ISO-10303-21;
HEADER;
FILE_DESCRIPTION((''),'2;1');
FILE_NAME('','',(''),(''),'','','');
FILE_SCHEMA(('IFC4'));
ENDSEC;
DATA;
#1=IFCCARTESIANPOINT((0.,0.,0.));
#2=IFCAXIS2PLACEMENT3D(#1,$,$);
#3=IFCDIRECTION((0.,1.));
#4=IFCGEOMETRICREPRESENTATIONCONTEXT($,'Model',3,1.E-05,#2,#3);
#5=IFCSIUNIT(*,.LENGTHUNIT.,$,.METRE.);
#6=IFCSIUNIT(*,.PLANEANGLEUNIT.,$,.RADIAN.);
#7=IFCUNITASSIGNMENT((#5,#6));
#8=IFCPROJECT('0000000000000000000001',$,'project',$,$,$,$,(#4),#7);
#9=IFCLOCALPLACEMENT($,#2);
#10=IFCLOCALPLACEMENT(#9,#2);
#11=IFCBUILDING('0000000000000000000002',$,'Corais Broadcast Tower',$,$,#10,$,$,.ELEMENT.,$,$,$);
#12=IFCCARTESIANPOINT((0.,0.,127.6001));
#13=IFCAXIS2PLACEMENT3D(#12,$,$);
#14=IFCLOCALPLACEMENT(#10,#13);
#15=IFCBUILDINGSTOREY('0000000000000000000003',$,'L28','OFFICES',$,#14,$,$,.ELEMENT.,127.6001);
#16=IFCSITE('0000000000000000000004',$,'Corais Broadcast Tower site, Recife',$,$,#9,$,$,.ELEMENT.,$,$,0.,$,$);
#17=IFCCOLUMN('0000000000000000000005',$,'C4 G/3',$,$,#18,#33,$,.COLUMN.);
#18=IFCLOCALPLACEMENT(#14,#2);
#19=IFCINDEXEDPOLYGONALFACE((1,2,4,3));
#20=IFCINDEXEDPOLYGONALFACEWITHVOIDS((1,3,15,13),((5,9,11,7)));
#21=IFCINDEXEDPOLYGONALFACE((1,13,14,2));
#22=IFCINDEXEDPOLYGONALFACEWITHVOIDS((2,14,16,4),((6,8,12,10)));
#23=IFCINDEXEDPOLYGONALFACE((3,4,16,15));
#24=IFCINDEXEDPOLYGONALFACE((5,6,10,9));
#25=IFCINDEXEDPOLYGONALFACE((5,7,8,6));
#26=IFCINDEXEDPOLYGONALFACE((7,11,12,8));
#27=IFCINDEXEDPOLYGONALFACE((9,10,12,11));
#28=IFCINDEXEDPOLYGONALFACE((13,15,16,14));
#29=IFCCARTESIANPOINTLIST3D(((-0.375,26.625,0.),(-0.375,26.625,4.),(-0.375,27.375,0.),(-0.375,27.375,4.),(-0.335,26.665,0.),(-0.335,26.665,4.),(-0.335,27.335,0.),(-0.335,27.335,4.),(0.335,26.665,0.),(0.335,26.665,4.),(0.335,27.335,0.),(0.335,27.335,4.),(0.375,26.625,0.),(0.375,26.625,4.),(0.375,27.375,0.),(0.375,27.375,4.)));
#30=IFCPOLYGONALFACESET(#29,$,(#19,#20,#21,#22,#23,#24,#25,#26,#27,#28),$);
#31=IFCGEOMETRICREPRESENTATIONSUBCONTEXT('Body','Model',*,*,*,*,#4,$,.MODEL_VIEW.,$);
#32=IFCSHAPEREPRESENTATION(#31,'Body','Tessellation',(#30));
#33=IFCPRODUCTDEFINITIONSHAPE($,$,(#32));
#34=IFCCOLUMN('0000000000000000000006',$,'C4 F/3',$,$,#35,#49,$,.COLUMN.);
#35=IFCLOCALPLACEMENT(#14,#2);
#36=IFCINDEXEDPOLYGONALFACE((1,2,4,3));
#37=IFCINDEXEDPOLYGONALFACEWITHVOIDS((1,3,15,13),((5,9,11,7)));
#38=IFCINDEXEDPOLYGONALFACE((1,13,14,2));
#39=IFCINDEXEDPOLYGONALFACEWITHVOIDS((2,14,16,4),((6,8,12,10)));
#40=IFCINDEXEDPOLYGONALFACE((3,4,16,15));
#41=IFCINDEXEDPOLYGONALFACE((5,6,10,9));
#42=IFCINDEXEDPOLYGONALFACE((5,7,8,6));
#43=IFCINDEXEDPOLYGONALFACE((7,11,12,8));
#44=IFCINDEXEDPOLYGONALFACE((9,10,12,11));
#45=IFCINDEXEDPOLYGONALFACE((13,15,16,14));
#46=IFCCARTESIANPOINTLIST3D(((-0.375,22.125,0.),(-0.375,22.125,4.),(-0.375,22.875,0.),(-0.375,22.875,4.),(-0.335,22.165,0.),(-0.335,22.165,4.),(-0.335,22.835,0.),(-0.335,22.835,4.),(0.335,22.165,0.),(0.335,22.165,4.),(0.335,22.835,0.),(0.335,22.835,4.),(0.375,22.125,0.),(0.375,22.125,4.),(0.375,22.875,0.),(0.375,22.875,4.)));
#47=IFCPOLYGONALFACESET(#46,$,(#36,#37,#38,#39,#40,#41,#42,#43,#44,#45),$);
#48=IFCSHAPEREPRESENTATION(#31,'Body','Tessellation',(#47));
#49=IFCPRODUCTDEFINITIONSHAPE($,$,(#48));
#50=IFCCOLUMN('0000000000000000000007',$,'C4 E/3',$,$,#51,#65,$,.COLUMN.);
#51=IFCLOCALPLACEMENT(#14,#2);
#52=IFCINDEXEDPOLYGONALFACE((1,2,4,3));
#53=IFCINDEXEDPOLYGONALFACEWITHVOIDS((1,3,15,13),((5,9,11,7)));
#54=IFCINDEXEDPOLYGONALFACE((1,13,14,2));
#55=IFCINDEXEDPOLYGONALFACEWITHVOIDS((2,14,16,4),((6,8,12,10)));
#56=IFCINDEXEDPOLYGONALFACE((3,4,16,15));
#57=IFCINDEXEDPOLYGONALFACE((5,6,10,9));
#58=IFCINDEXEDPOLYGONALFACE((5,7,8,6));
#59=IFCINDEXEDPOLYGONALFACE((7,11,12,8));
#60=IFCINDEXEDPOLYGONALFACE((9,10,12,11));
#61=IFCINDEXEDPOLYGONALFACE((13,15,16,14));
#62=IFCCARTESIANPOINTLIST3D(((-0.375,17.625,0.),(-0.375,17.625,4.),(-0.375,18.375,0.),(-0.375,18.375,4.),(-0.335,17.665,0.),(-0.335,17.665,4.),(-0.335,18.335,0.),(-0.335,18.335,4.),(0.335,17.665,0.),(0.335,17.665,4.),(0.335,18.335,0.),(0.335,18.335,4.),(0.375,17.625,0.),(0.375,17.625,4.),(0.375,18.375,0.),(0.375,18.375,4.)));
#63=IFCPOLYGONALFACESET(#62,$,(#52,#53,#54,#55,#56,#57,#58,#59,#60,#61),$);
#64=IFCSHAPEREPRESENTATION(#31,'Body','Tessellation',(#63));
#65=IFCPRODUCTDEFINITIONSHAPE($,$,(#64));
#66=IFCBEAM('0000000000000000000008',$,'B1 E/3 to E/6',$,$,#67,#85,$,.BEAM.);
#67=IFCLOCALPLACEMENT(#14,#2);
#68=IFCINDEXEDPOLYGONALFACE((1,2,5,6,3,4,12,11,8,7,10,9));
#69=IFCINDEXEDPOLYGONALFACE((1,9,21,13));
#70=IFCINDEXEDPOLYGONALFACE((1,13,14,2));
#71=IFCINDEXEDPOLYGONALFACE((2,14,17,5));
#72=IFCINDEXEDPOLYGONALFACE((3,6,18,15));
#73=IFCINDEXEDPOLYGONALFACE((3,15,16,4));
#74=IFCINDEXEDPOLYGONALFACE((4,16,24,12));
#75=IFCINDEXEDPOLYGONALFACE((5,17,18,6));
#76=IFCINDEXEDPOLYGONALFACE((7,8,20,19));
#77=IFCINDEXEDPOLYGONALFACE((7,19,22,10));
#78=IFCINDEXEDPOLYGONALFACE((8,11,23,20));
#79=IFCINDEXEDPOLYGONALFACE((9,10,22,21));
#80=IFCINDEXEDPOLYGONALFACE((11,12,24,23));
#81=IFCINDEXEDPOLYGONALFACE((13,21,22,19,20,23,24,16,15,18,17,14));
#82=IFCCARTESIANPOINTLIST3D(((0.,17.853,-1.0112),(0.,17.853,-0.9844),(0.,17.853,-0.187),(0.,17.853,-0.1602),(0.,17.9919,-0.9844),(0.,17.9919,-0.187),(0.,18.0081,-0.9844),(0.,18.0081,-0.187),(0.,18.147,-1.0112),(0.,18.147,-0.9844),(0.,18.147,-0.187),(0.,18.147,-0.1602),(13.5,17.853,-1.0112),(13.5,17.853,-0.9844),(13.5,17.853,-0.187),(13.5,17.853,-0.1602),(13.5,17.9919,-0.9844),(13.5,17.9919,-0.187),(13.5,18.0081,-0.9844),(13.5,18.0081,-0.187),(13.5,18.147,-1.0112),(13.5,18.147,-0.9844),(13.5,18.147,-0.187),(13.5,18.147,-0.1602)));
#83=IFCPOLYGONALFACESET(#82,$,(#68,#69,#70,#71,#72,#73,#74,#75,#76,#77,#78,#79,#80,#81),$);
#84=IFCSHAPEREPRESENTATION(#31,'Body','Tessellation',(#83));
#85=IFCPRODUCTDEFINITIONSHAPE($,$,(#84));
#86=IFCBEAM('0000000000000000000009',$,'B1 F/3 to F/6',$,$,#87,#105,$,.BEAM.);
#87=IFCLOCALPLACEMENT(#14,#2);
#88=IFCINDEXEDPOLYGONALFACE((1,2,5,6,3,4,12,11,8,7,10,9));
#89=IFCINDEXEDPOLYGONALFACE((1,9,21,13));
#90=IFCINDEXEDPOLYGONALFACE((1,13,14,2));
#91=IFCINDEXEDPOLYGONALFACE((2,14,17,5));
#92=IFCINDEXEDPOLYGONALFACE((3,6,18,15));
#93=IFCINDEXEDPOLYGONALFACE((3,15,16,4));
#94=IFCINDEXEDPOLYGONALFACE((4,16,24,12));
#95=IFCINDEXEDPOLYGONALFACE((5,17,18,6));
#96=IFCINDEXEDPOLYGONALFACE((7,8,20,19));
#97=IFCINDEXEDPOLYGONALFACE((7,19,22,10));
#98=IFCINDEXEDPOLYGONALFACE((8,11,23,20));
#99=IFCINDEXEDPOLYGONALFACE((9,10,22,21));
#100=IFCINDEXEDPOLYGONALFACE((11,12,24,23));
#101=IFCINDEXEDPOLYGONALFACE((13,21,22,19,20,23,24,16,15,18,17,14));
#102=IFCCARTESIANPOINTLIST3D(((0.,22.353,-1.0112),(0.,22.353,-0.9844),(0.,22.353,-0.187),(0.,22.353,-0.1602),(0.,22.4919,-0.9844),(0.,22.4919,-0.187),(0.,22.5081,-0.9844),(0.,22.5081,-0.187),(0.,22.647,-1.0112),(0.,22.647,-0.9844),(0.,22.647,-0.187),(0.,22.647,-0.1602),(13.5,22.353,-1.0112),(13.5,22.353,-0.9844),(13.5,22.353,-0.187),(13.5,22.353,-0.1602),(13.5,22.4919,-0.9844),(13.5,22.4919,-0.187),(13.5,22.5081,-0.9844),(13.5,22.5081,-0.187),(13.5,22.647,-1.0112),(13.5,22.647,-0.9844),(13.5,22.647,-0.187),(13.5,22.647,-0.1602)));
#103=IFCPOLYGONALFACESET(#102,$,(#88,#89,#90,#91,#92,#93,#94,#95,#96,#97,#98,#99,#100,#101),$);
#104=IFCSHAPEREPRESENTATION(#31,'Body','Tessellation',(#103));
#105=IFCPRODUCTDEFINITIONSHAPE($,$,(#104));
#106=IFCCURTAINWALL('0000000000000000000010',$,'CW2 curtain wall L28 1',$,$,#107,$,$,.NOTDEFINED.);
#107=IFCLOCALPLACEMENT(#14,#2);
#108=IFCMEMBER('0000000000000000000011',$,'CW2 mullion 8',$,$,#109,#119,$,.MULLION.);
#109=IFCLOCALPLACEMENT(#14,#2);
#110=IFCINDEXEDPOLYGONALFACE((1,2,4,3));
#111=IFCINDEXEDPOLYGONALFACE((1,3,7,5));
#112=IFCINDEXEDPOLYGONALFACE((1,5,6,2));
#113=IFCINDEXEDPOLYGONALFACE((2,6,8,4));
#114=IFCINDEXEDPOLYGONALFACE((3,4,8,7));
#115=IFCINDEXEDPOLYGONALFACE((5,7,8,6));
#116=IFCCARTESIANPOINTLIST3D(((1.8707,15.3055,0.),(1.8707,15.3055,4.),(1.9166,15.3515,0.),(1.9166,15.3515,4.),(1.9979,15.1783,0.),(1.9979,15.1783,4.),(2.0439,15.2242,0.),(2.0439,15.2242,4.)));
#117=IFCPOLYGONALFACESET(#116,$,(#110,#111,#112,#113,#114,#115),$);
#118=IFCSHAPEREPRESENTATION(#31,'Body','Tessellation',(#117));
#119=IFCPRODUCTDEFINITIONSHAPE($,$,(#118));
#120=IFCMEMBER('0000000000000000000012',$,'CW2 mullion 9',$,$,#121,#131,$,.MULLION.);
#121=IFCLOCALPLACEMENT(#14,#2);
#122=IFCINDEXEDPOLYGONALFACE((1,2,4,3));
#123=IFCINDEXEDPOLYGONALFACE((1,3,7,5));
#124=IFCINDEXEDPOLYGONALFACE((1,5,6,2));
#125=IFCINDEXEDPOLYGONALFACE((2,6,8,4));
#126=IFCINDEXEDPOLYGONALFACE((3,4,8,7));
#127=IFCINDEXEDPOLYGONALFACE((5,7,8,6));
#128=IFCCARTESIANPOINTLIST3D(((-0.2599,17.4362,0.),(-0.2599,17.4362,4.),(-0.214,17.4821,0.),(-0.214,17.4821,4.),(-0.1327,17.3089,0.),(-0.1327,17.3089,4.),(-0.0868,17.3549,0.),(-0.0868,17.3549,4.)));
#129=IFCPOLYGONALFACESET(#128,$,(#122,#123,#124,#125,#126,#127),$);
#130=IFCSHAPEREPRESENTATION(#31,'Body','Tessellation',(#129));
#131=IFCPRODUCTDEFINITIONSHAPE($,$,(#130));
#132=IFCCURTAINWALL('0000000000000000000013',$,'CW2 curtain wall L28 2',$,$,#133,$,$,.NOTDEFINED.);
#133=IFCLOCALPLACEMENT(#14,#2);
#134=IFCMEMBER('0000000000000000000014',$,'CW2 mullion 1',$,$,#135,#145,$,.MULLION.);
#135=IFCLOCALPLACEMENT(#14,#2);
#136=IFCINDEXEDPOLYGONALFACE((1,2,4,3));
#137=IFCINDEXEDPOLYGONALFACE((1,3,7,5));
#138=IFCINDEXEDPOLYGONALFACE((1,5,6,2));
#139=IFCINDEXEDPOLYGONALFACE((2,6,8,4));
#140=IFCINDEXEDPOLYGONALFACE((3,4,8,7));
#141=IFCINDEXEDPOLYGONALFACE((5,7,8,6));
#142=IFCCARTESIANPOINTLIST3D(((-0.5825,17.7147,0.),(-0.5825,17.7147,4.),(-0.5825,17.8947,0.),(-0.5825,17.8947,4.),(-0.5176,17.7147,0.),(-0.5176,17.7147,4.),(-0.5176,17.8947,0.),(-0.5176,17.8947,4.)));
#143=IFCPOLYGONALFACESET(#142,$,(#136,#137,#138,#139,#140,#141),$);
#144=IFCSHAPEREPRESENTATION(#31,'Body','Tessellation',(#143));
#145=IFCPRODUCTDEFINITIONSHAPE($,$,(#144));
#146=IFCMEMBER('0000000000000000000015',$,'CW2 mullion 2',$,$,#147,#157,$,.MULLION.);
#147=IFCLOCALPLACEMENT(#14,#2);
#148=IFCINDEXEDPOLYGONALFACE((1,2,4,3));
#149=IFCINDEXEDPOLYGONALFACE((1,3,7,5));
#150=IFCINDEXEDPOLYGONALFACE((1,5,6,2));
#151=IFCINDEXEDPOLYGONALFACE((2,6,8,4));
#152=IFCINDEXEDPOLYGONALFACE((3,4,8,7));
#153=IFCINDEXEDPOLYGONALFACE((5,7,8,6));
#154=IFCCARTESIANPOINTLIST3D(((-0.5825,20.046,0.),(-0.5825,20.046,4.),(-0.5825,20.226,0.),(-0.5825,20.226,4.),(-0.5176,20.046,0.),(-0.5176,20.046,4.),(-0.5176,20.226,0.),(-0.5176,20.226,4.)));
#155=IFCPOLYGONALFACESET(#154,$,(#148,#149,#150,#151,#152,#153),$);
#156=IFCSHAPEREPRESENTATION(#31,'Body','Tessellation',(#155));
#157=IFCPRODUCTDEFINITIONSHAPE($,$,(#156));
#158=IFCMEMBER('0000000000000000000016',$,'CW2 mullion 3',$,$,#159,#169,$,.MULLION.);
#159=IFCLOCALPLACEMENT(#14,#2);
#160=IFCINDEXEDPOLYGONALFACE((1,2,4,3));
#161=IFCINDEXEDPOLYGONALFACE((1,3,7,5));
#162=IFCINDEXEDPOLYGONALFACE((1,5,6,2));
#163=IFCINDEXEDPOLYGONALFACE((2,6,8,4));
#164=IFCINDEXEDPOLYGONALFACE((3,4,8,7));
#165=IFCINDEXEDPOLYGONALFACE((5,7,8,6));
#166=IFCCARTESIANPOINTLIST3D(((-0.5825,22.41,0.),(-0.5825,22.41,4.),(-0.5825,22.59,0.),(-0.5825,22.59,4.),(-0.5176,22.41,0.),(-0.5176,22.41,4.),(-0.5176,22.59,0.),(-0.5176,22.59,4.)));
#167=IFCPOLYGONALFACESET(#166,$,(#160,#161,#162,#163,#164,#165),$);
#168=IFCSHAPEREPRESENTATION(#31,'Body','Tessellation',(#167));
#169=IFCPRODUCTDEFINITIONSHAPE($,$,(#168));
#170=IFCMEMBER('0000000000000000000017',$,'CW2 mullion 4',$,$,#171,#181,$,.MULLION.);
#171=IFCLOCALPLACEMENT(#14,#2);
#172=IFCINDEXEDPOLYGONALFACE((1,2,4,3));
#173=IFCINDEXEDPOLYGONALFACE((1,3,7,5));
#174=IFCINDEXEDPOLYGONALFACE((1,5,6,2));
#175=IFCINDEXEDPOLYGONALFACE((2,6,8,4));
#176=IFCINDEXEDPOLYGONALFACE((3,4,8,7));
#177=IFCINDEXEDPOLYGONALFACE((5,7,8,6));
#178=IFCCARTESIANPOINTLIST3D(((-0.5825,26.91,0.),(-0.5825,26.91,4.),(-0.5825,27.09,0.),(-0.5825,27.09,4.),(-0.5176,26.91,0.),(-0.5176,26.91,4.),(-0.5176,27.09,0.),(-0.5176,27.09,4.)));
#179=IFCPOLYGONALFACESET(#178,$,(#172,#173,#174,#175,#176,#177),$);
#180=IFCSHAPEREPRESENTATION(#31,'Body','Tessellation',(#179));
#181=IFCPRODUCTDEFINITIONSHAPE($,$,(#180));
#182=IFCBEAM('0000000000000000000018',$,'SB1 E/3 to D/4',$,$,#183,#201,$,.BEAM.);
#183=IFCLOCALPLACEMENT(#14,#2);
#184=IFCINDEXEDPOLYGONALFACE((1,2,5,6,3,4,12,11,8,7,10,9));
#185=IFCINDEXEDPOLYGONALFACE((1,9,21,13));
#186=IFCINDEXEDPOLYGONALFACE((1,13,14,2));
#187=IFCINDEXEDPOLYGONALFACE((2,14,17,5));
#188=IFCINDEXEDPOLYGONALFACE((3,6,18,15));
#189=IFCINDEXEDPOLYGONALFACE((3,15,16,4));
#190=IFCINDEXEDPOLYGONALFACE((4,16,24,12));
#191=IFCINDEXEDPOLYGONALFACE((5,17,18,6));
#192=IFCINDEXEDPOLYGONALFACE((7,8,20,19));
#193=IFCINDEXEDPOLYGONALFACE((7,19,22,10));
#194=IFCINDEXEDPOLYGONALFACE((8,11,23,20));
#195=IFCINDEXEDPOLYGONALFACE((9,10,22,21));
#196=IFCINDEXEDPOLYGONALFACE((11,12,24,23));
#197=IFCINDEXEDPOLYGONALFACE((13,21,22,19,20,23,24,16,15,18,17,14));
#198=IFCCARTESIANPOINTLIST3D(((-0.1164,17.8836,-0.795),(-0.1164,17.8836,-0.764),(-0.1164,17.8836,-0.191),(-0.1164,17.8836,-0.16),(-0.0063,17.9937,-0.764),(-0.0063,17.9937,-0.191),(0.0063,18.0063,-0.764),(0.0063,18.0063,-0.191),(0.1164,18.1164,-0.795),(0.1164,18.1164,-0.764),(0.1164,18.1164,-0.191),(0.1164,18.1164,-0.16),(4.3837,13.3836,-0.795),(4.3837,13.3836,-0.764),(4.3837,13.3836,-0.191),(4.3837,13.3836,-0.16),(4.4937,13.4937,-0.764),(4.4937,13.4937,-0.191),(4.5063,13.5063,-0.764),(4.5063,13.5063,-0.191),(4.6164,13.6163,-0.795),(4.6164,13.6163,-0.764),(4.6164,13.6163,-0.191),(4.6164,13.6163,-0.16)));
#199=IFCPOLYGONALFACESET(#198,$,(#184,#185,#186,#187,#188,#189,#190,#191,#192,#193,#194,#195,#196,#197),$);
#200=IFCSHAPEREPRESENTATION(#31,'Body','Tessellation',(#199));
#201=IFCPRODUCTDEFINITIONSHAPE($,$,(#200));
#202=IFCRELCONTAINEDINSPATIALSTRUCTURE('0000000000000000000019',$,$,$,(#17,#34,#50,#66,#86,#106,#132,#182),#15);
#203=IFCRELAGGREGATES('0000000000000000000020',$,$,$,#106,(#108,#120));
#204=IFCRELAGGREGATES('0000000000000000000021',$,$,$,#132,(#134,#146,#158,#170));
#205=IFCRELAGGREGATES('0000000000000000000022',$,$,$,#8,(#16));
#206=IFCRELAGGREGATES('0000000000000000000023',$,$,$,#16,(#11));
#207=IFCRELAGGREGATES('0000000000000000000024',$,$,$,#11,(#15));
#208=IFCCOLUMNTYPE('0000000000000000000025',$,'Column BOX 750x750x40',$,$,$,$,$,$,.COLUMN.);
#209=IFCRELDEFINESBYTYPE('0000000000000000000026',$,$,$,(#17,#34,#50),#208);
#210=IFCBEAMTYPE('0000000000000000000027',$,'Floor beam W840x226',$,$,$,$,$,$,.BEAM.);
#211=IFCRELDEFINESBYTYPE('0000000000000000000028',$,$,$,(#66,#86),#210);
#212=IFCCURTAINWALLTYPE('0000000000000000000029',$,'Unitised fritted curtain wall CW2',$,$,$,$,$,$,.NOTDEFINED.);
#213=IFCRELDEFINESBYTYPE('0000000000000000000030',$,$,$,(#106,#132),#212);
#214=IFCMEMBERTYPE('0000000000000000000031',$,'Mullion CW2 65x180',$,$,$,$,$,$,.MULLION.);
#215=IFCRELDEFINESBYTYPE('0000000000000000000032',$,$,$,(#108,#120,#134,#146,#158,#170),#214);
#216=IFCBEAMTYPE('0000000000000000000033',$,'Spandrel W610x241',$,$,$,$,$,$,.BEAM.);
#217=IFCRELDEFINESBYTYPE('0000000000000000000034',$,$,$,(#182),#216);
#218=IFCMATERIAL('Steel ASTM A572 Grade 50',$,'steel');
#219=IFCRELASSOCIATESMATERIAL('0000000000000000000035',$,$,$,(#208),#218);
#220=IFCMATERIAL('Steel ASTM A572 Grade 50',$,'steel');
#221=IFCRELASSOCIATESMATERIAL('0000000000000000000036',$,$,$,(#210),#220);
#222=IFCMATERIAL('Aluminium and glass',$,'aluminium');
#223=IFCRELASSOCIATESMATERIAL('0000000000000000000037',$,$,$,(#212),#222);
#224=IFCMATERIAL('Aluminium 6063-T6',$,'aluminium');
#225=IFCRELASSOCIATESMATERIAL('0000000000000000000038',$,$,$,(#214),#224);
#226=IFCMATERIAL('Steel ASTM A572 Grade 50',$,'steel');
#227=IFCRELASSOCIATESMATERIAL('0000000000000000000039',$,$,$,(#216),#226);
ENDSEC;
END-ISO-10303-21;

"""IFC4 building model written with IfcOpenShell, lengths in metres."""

from ifc_helpers import new_model, si_unit, direction, frame, origin, origin_2d, place, context, subcontext, project, spatial, rectangle, hollow_rectangle, i_section, extrude, material, material_profile, profile_set, type_object, element, aggregate, save


model = new_model("IFC4")

# Units and contexts
model_context = context("Model", 3, precision=1e-05, world=origin(), true_north=direction((0.0, 1.0)))
body_context = subcontext(model_context, "Body", "Model", "MODEL_VIEW")
ifc_project = project(units=[si_unit("LENGTHUNIT", "METRE"), si_unit("PLANEANGLEUNIT", "RADIAN")], contexts=[model_context])

# Site, building, storey
site_placement = place(None, origin())
site = spatial("IfcSite", under=ifc_project, at=site_placement, Name="Corais Broadcast Tower site, Recife", CompositionType="ELEMENT", RefElevation=0.0)
building_placement = place(site_placement, origin())
building = spatial("IfcBuilding", under=site, at=building_placement, Name="Corais Broadcast Tower", CompositionType="ELEMENT")
storey_placement = place(building_placement, frame((0.0, 0.0, 127.6001)))
storey = spatial("IfcBuildingStorey", under=building, at=storey_placement, Name="L28", Description="OFFICES", CompositionType="ELEMENT", Elevation=127.6001)

# Columns
ifc_material_1 = material(Name="Steel ASTM A572 Grade 50", Category="steel")
ifc_material_profile_1 = material_profile(ifc_material_1, hollow_rectangle(XDim=0.75, YDim=0.75, WallThickness=0.04, at=origin_2d()), Name="BOX 750x750x40")
ifc_profile_set_1 = profile_set([ifc_material_profile_1], Name="Steel ASTM A572 Grade 50")
column_type = type_object("IfcColumnType", Name="Column BOX 750x750x40", PredefinedType="COLUMN", material=ifc_profile_set_1)
for number, where, z_axis, x_axis, name in (
    (1, (0.0, 27.0, 0.0), (0.0, 0.0, 1.0), (1.0, 0.0, 0.0), "C4 G/3"),
    (2, (0.0, 22.5, 0.0), (0.0, 0.0, 1.0), (1.0, 0.0, 0.0), "C4 F/3"),
    (3, (0.0, 18.0, 0.0), (0.0, 0.0, 1.0), (1.0, 0.0, 0.0), "C4 E/3"),
):
    element("IfcColumn", number, at=place(storey_placement, frame(where, z_axis=z_axis, x_axis=x_axis)), inside=storey, type_object=column_type, Name=name, PredefinedType="COLUMN", context=body_context, shape_type="SweptSolid", body=[
        extrude(hollow_rectangle(XDim=0.75, YDim=0.75, WallThickness=0.04, at=origin_2d()), origin(), (0.0, 0.0, 1.0), 4.0),
    ])

# Beams
ifc_material_2 = material(Name="Steel ASTM A572 Grade 50", Category="steel")
ifc_material_profile_2 = material_profile(ifc_material_2, i_section(OverallWidth=0.2939, OverallDepth=0.8511, WebThickness=0.0161, FlangeThickness=0.0269, at=origin_2d()), Name="W840x226")
ifc_profile_set_2 = profile_set([ifc_material_profile_2], Name="Steel ASTM A572 Grade 50")
beam_type_1 = type_object("IfcBeamType", Name="Floor beam W840x226", PredefinedType="BEAM", material=ifc_profile_set_2)
for number, where, z_axis, x_axis, name in (
    (4, (0.0, 18.0, -0.5857), (1.0, 0.0, 0.0), (0.0, 1.0, 0.0), "B1 E/3 to E/6"),
    (5, (0.0, 22.5, -0.5857), (1.0, 0.0, 0.0), (0.0, 1.0, 0.0), "B1 F/3 to F/6"),
):
    element("IfcBeam", number, at=place(storey_placement, frame(where, z_axis=z_axis, x_axis=x_axis)), inside=storey, type_object=beam_type_1, Name=name, PredefinedType="BEAM", context=body_context, shape_type="SweptSolid", body=[
        extrude(i_section(OverallWidth=0.2939, OverallDepth=0.8511, WebThickness=0.0161, FlangeThickness=0.0269, at=origin_2d()), origin(), (0.0, 0.0, 1.0), 13.5),
    ])

# Curtain walls, members
ifc_material_3 = material(Name="Aluminium and glass", Category="aluminium")
curtain_wall_type = type_object("IfcCurtainWallType", Name="Unitised fritted curtain wall CW2", PredefinedType="NOTDEFINED", material=ifc_material_3)
curtain_wall_1_placement = place(storey_placement, origin())
curtain_wall_1 = element("IfcCurtainWall", 6, at=curtain_wall_1_placement, inside=storey, type_object=curtain_wall_type, Name="CW2 curtain wall L28 1", PredefinedType="NOTDEFINED")
ifc_material_4 = material(Name="Aluminium 6063-T6", Category="aluminium")
ifc_material_profile_3 = material_profile(ifc_material_4, rectangle(XDim=0.0649, YDim=0.1799, at=origin_2d()), Name="Mullion CW2 65x180")
ifc_profile_set_3 = profile_set([ifc_material_profile_3], Name="Aluminium 6063-T6")
member_type_1 = type_object("IfcMemberType", Name="Mullion CW2 65x180", PredefinedType="MULLION", material=ifc_profile_set_3)
member_1_placement = place(storey_placement, frame((1.9573, 15.2649, 0.0), z_axis=(0.0, 0.0, 1.0), x_axis=(-0.707107, -0.707107, 0.0)))
member_1 = element("IfcMember", 7, at=member_1_placement, type_object=member_type_1, Name="CW2 mullion 8", PredefinedType="MULLION", context=body_context, shape_type="SweptSolid", body=[
    extrude(rectangle(XDim=0.0649, YDim=0.1799, at=origin_2d()), origin(), (0.0, 0.0, 1.0), 4.0),
])
member_2_placement = place(storey_placement, frame((-0.1733, 17.3955, 0.0), z_axis=(0.0, 0.0, 1.0), x_axis=(-0.707107, -0.707107, 0.0)))
member_2 = element("IfcMember", 8, at=member_2_placement, type_object=member_type_1, Name="CW2 mullion 9", PredefinedType="MULLION", context=body_context, shape_type="SweptSolid", body=[
    extrude(rectangle(XDim=0.0649, YDim=0.1799, at=origin_2d()), origin(), (0.0, 0.0, 1.0), 4.0),
])
curtain_wall_2_placement = place(storey_placement, origin())
curtain_wall_2 = element("IfcCurtainWall", 9, at=curtain_wall_2_placement, inside=storey, type_object=curtain_wall_type, Name="CW2 curtain wall L28 2", PredefinedType="NOTDEFINED")
member_3_placement = place(storey_placement, frame((-0.55, 17.8047, 0.0), z_axis=(0.0, 0.0, 1.0), x_axis=(-1.0, 0.0, 0.0)))
member_3 = element("IfcMember", 10, at=member_3_placement, type_object=member_type_1, Name="CW2 mullion 1", PredefinedType="MULLION", context=body_context, shape_type="SweptSolid", body=[
    extrude(rectangle(XDim=0.0649, YDim=0.1799, at=origin_2d()), origin(), (0.0, 0.0, 1.0), 4.0),
])
member_4_placement = place(storey_placement, frame((-0.55, 20.136, 0.0), z_axis=(0.0, 0.0, 1.0), x_axis=(-1.0, 0.0, 0.0)))
member_4 = element("IfcMember", 11, at=member_4_placement, type_object=member_type_1, Name="CW2 mullion 2", PredefinedType="MULLION", context=body_context, shape_type="SweptSolid", body=[
    extrude(rectangle(XDim=0.0649, YDim=0.1799, at=origin_2d()), origin(), (0.0, 0.0, 1.0), 4.0),
])
member_5_placement = place(storey_placement, frame((-0.55, 22.5, 0.0), z_axis=(0.0, 0.0, 1.0), x_axis=(-1.0, 0.0, 0.0)))
member_5 = element("IfcMember", 12, at=member_5_placement, type_object=member_type_1, Name="CW2 mullion 3", PredefinedType="MULLION", context=body_context, shape_type="SweptSolid", body=[
    extrude(rectangle(XDim=0.0649, YDim=0.1799, at=origin_2d()), origin(), (0.0, 0.0, 1.0), 4.0),
])
member_6_placement = place(storey_placement, frame((-0.55, 27.0, 0.0), z_axis=(0.0, 0.0, 1.0), x_axis=(-1.0, 0.0, 0.0)))
member_6 = element("IfcMember", 13, at=member_6_placement, type_object=member_type_1, Name="CW2 mullion 4", PredefinedType="MULLION", context=body_context, shape_type="SweptSolid", body=[
    extrude(rectangle(XDim=0.0649, YDim=0.1799, at=origin_2d()), origin(), (0.0, 0.0, 1.0), 4.0),
])

# Beam
ifc_material_5 = material(Name="Steel ASTM A572 Grade 50", Category="steel")
ifc_material_profile_4 = material_profile(ifc_material_5, i_section(OverallWidth=0.3291, OverallDepth=0.635, WebThickness=0.0178, FlangeThickness=0.031, at=origin_2d()), Name="W610x241")
ifc_profile_set_4 = profile_set([ifc_material_profile_4], Name="Steel ASTM A572 Grade 50")
beam_type_2 = type_object("IfcBeamType", Name="Spandrel W610x241", PredefinedType="BEAM", material=ifc_profile_set_4)
beam_1_placement = place(storey_placement, frame((0.0, 18.0, -0.4775), z_axis=(0.707107, -0.707107, 0.0), x_axis=(0.707107, 0.707107, 0.0)))
element("IfcBeam", 14, at=beam_1_placement, inside=storey, type_object=beam_type_2, Name="SB1 E/3 to D/4", PredefinedType="BEAM", context=body_context, shape_type="SweptSolid", body=[
    extrude(i_section(OverallWidth=0.3291, OverallDepth=0.635, WebThickness=0.0178, FlangeThickness=0.031, at=origin_2d()), origin(), (0.0, 0.0, 1.0), 6.364),
])

aggregate(curtain_wall_1, [member_1, member_2])
aggregate(curtain_wall_2, [member_3, member_4, member_5, member_6])

save(model, "model.ifc")
